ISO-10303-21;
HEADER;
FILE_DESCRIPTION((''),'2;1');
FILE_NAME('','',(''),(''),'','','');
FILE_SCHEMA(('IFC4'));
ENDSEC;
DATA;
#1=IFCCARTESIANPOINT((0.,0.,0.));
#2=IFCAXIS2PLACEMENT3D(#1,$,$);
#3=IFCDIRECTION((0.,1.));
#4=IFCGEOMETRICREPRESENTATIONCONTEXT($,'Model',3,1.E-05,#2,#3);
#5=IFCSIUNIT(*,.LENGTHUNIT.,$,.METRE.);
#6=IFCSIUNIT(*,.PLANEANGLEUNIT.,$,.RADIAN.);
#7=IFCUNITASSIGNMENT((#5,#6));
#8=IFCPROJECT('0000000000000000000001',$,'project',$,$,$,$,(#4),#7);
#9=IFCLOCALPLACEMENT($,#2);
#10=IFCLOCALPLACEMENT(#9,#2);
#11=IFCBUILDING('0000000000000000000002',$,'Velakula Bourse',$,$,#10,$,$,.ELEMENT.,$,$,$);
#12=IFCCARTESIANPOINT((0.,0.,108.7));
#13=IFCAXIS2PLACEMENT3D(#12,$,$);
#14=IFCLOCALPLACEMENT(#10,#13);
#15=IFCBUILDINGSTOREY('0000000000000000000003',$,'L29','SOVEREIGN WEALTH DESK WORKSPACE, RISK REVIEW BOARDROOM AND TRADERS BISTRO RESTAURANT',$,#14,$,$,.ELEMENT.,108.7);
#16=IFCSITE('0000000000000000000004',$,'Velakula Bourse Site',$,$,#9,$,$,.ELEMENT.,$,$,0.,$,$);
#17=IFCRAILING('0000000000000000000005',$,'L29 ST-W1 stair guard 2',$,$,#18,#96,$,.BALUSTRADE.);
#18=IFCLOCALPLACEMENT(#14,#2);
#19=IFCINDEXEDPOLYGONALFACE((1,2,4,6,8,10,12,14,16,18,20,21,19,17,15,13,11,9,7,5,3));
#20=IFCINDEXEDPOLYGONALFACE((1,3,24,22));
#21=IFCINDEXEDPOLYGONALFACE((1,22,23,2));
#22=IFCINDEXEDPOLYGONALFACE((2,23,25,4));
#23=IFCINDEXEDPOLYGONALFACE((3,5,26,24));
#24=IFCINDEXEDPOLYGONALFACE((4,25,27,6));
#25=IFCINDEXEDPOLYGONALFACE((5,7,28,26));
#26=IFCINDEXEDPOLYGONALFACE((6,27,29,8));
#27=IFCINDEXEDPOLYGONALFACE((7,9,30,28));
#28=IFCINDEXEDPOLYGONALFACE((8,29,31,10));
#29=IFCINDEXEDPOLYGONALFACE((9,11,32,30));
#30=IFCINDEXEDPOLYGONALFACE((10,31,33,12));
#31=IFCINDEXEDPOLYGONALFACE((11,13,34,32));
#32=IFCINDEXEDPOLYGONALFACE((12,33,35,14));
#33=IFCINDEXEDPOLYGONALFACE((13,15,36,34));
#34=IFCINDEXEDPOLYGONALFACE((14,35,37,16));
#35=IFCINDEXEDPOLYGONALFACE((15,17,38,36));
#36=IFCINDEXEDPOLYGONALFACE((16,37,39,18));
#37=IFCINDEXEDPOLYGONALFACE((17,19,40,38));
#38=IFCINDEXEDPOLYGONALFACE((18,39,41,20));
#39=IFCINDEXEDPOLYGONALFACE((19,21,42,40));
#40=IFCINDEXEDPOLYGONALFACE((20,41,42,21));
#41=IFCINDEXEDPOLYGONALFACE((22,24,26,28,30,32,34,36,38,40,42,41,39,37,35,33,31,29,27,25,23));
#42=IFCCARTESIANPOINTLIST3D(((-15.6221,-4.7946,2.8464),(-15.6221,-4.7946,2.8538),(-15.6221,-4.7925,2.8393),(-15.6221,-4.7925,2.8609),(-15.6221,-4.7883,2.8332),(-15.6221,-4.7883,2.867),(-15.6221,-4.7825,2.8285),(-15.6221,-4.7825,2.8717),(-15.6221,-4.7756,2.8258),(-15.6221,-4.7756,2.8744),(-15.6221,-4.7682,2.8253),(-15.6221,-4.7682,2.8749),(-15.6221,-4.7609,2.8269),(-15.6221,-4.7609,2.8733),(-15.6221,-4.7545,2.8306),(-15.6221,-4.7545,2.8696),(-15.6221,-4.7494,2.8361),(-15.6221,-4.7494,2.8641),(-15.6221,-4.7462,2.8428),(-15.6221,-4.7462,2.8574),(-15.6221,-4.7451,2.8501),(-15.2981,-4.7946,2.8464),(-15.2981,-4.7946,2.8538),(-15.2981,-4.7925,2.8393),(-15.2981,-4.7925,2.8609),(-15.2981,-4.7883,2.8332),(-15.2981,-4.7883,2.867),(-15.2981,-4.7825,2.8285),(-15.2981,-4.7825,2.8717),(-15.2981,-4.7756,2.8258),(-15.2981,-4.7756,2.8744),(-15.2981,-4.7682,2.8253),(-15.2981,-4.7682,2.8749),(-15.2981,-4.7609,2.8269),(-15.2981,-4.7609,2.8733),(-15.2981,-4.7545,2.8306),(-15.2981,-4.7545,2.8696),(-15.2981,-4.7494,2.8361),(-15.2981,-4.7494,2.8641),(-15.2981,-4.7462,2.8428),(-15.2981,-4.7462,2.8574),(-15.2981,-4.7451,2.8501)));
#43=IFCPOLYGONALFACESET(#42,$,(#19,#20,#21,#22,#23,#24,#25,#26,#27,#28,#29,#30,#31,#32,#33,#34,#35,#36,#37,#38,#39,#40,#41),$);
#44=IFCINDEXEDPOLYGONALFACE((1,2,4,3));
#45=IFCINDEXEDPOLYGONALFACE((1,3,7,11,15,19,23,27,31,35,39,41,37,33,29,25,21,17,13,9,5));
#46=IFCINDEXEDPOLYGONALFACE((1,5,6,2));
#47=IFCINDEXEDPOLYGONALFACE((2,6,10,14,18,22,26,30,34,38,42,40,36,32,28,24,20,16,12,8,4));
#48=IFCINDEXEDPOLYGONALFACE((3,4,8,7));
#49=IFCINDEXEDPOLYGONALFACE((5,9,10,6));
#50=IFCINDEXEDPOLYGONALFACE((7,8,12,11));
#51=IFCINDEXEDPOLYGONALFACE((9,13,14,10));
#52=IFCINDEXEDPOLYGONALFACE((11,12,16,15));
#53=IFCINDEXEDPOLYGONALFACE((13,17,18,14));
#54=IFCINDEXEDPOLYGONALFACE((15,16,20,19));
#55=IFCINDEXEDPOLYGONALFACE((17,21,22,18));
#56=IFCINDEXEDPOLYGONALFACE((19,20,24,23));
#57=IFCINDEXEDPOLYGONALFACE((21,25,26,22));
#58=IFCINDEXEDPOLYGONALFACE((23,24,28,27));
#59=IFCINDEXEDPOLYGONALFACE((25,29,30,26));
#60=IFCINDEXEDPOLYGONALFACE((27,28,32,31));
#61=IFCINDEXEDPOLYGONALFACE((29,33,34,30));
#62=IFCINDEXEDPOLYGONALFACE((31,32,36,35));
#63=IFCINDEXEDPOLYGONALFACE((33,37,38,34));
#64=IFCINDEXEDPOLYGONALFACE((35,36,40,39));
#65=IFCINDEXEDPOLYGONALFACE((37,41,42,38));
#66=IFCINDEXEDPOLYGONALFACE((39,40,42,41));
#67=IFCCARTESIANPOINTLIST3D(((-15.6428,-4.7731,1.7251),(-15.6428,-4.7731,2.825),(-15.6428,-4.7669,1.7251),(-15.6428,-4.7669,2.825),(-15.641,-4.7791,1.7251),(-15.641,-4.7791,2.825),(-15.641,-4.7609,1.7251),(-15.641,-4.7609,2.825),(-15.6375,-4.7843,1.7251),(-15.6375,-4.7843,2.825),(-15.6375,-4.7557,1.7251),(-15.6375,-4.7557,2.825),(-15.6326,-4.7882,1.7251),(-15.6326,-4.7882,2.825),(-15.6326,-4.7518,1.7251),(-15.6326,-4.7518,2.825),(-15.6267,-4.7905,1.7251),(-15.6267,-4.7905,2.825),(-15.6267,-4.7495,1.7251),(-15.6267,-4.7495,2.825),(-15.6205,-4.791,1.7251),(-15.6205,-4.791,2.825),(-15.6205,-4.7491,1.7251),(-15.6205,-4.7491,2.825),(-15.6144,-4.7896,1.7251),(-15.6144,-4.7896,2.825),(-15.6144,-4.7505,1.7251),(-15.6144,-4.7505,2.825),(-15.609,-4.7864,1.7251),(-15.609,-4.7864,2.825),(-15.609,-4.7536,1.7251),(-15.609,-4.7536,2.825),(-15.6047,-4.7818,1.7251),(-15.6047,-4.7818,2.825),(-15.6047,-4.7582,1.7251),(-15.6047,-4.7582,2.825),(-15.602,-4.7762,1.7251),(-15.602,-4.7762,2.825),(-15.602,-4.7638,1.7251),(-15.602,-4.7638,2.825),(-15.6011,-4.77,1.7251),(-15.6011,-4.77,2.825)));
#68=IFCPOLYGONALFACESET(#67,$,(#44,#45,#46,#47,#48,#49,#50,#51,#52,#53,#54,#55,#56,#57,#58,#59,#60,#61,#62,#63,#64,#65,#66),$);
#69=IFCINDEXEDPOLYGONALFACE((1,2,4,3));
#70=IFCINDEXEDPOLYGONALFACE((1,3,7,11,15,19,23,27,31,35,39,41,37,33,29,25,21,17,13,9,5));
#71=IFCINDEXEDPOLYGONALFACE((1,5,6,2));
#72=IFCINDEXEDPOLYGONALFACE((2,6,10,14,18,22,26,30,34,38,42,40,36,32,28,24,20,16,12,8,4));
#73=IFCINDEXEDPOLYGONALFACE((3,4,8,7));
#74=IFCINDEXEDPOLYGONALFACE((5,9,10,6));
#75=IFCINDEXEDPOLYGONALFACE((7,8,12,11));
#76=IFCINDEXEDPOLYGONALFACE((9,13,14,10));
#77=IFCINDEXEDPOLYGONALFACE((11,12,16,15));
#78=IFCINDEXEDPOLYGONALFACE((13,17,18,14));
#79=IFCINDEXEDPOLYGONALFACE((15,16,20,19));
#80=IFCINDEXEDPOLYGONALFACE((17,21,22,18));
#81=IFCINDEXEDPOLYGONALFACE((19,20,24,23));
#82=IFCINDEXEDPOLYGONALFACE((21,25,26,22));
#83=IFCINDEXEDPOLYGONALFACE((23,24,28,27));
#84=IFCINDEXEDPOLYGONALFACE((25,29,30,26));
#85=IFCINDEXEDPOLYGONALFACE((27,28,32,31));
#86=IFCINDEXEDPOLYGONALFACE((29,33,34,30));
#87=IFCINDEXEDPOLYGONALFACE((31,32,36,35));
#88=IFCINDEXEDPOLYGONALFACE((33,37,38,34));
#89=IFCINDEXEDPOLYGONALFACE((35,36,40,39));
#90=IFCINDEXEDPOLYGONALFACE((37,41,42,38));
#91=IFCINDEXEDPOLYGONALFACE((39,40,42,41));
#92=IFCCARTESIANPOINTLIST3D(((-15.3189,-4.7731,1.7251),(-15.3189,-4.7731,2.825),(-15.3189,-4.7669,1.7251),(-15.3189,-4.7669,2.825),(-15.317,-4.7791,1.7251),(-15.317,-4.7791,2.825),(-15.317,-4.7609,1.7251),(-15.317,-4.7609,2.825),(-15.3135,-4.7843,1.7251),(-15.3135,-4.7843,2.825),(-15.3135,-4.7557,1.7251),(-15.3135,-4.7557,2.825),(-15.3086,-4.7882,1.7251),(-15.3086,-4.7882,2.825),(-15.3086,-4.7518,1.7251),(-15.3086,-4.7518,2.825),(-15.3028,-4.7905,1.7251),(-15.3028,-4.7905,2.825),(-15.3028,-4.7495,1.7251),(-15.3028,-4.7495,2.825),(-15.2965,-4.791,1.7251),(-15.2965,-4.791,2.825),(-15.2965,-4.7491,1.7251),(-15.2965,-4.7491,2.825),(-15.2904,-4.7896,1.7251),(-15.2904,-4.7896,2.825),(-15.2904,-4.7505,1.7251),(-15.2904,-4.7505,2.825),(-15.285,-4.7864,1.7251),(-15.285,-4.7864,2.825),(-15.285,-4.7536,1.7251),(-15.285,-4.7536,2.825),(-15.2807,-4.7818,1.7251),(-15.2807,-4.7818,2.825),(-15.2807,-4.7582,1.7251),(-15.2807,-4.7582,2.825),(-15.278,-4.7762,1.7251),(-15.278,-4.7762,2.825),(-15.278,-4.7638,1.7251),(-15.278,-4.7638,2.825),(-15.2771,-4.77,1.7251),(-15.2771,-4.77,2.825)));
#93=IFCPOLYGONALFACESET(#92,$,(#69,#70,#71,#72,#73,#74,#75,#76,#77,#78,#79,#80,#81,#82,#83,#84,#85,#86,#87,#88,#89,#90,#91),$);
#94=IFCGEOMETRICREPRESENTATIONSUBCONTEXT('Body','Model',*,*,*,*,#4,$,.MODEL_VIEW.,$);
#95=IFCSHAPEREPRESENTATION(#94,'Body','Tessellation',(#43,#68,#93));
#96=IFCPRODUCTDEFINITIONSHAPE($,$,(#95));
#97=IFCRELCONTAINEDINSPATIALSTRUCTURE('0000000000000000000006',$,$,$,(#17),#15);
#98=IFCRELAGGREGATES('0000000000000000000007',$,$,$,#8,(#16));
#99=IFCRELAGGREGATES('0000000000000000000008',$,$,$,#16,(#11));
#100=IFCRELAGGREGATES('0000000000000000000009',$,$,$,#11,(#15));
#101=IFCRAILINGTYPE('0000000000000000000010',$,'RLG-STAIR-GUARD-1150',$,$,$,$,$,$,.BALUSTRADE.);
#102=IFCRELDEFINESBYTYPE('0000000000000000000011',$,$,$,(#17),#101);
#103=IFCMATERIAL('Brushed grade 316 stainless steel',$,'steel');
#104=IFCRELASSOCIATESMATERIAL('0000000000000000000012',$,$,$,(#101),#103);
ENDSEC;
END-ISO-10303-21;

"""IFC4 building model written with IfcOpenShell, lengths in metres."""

from ifc_helpers import new_model, si_unit, direction, frame, origin, origin_2d, place, context, subcontext, project, spatial, circle, extrude, material, type_object, element, save


model = new_model("IFC4")

# Units and contexts
model_context = context("Model", 3, precision=1e-05, world=origin(), true_north=direction((0.0, 1.0)))
body_context = subcontext(model_context, "Body", "Model", "MODEL_VIEW")
ifc_project = project(units=[si_unit("LENGTHUNIT", "METRE"), si_unit("PLANEANGLEUNIT", "RADIAN")], contexts=[model_context])

# Site, building, storey
site_placement = place(None, origin())
site = spatial("IfcSite", under=ifc_project, at=site_placement, Name="Velakula Bourse Site", CompositionType="ELEMENT", RefElevation=0.0)
building_placement = place(site_placement, origin())
building = spatial("IfcBuilding", under=site, at=building_placement, Name="Velakula Bourse", CompositionType="ELEMENT")
storey_placement = place(building_placement, frame((0.0, 0.0, 108.7)))
storey = spatial("IfcBuildingStorey", under=building, at=storey_placement, Name="L29", Description="SOVEREIGN WEALTH DESK WORKSPACE, RISK REVIEW BOARDROOM AND TRADERS BISTRO RESTAURANT", CompositionType="ELEMENT", Elevation=108.7)

# Shared definitions
ifc_material_1 = material(Name="Brushed grade 316 stainless steel", Category="steel")

# Railing
railing_type_1 = type_object("IfcRailingType", Name="RLG-STAIR-GUARD-1150", PredefinedType="BALUSTRADE", material=ifc_material_1)
railing_1_placement = place(storey_placement, frame((-15.6221, -4.77, 1.7251)))
element("IfcRailing", 1, at=railing_1_placement, inside=storey, type_object=railing_type_1, Name="L29 ST-W1 stair guard 2", PredefinedType="BALUSTRADE", context=body_context, shape_type="SweptSolid", body=[
    extrude(circle(Radius=0.0249, at=origin_2d()), frame((0.0, 0.0, 1.125), z_axis=(1.0, 0.0, 0.0), x_axis=(0.0, 1.0, 0.0)), (0.0, 0.0, 1.0), 0.324),
    extrude(circle(Radius=0.021, at=origin_2d()), origin(), (0.0, 0.0, 1.0), 1.0999),
    extrude(circle(Radius=0.021, at=origin_2d()), frame((0.324, 0.0, 0.0)), (0.0, 0.0, 1.0), 1.0999),
])

save(model, "model.ifc")
